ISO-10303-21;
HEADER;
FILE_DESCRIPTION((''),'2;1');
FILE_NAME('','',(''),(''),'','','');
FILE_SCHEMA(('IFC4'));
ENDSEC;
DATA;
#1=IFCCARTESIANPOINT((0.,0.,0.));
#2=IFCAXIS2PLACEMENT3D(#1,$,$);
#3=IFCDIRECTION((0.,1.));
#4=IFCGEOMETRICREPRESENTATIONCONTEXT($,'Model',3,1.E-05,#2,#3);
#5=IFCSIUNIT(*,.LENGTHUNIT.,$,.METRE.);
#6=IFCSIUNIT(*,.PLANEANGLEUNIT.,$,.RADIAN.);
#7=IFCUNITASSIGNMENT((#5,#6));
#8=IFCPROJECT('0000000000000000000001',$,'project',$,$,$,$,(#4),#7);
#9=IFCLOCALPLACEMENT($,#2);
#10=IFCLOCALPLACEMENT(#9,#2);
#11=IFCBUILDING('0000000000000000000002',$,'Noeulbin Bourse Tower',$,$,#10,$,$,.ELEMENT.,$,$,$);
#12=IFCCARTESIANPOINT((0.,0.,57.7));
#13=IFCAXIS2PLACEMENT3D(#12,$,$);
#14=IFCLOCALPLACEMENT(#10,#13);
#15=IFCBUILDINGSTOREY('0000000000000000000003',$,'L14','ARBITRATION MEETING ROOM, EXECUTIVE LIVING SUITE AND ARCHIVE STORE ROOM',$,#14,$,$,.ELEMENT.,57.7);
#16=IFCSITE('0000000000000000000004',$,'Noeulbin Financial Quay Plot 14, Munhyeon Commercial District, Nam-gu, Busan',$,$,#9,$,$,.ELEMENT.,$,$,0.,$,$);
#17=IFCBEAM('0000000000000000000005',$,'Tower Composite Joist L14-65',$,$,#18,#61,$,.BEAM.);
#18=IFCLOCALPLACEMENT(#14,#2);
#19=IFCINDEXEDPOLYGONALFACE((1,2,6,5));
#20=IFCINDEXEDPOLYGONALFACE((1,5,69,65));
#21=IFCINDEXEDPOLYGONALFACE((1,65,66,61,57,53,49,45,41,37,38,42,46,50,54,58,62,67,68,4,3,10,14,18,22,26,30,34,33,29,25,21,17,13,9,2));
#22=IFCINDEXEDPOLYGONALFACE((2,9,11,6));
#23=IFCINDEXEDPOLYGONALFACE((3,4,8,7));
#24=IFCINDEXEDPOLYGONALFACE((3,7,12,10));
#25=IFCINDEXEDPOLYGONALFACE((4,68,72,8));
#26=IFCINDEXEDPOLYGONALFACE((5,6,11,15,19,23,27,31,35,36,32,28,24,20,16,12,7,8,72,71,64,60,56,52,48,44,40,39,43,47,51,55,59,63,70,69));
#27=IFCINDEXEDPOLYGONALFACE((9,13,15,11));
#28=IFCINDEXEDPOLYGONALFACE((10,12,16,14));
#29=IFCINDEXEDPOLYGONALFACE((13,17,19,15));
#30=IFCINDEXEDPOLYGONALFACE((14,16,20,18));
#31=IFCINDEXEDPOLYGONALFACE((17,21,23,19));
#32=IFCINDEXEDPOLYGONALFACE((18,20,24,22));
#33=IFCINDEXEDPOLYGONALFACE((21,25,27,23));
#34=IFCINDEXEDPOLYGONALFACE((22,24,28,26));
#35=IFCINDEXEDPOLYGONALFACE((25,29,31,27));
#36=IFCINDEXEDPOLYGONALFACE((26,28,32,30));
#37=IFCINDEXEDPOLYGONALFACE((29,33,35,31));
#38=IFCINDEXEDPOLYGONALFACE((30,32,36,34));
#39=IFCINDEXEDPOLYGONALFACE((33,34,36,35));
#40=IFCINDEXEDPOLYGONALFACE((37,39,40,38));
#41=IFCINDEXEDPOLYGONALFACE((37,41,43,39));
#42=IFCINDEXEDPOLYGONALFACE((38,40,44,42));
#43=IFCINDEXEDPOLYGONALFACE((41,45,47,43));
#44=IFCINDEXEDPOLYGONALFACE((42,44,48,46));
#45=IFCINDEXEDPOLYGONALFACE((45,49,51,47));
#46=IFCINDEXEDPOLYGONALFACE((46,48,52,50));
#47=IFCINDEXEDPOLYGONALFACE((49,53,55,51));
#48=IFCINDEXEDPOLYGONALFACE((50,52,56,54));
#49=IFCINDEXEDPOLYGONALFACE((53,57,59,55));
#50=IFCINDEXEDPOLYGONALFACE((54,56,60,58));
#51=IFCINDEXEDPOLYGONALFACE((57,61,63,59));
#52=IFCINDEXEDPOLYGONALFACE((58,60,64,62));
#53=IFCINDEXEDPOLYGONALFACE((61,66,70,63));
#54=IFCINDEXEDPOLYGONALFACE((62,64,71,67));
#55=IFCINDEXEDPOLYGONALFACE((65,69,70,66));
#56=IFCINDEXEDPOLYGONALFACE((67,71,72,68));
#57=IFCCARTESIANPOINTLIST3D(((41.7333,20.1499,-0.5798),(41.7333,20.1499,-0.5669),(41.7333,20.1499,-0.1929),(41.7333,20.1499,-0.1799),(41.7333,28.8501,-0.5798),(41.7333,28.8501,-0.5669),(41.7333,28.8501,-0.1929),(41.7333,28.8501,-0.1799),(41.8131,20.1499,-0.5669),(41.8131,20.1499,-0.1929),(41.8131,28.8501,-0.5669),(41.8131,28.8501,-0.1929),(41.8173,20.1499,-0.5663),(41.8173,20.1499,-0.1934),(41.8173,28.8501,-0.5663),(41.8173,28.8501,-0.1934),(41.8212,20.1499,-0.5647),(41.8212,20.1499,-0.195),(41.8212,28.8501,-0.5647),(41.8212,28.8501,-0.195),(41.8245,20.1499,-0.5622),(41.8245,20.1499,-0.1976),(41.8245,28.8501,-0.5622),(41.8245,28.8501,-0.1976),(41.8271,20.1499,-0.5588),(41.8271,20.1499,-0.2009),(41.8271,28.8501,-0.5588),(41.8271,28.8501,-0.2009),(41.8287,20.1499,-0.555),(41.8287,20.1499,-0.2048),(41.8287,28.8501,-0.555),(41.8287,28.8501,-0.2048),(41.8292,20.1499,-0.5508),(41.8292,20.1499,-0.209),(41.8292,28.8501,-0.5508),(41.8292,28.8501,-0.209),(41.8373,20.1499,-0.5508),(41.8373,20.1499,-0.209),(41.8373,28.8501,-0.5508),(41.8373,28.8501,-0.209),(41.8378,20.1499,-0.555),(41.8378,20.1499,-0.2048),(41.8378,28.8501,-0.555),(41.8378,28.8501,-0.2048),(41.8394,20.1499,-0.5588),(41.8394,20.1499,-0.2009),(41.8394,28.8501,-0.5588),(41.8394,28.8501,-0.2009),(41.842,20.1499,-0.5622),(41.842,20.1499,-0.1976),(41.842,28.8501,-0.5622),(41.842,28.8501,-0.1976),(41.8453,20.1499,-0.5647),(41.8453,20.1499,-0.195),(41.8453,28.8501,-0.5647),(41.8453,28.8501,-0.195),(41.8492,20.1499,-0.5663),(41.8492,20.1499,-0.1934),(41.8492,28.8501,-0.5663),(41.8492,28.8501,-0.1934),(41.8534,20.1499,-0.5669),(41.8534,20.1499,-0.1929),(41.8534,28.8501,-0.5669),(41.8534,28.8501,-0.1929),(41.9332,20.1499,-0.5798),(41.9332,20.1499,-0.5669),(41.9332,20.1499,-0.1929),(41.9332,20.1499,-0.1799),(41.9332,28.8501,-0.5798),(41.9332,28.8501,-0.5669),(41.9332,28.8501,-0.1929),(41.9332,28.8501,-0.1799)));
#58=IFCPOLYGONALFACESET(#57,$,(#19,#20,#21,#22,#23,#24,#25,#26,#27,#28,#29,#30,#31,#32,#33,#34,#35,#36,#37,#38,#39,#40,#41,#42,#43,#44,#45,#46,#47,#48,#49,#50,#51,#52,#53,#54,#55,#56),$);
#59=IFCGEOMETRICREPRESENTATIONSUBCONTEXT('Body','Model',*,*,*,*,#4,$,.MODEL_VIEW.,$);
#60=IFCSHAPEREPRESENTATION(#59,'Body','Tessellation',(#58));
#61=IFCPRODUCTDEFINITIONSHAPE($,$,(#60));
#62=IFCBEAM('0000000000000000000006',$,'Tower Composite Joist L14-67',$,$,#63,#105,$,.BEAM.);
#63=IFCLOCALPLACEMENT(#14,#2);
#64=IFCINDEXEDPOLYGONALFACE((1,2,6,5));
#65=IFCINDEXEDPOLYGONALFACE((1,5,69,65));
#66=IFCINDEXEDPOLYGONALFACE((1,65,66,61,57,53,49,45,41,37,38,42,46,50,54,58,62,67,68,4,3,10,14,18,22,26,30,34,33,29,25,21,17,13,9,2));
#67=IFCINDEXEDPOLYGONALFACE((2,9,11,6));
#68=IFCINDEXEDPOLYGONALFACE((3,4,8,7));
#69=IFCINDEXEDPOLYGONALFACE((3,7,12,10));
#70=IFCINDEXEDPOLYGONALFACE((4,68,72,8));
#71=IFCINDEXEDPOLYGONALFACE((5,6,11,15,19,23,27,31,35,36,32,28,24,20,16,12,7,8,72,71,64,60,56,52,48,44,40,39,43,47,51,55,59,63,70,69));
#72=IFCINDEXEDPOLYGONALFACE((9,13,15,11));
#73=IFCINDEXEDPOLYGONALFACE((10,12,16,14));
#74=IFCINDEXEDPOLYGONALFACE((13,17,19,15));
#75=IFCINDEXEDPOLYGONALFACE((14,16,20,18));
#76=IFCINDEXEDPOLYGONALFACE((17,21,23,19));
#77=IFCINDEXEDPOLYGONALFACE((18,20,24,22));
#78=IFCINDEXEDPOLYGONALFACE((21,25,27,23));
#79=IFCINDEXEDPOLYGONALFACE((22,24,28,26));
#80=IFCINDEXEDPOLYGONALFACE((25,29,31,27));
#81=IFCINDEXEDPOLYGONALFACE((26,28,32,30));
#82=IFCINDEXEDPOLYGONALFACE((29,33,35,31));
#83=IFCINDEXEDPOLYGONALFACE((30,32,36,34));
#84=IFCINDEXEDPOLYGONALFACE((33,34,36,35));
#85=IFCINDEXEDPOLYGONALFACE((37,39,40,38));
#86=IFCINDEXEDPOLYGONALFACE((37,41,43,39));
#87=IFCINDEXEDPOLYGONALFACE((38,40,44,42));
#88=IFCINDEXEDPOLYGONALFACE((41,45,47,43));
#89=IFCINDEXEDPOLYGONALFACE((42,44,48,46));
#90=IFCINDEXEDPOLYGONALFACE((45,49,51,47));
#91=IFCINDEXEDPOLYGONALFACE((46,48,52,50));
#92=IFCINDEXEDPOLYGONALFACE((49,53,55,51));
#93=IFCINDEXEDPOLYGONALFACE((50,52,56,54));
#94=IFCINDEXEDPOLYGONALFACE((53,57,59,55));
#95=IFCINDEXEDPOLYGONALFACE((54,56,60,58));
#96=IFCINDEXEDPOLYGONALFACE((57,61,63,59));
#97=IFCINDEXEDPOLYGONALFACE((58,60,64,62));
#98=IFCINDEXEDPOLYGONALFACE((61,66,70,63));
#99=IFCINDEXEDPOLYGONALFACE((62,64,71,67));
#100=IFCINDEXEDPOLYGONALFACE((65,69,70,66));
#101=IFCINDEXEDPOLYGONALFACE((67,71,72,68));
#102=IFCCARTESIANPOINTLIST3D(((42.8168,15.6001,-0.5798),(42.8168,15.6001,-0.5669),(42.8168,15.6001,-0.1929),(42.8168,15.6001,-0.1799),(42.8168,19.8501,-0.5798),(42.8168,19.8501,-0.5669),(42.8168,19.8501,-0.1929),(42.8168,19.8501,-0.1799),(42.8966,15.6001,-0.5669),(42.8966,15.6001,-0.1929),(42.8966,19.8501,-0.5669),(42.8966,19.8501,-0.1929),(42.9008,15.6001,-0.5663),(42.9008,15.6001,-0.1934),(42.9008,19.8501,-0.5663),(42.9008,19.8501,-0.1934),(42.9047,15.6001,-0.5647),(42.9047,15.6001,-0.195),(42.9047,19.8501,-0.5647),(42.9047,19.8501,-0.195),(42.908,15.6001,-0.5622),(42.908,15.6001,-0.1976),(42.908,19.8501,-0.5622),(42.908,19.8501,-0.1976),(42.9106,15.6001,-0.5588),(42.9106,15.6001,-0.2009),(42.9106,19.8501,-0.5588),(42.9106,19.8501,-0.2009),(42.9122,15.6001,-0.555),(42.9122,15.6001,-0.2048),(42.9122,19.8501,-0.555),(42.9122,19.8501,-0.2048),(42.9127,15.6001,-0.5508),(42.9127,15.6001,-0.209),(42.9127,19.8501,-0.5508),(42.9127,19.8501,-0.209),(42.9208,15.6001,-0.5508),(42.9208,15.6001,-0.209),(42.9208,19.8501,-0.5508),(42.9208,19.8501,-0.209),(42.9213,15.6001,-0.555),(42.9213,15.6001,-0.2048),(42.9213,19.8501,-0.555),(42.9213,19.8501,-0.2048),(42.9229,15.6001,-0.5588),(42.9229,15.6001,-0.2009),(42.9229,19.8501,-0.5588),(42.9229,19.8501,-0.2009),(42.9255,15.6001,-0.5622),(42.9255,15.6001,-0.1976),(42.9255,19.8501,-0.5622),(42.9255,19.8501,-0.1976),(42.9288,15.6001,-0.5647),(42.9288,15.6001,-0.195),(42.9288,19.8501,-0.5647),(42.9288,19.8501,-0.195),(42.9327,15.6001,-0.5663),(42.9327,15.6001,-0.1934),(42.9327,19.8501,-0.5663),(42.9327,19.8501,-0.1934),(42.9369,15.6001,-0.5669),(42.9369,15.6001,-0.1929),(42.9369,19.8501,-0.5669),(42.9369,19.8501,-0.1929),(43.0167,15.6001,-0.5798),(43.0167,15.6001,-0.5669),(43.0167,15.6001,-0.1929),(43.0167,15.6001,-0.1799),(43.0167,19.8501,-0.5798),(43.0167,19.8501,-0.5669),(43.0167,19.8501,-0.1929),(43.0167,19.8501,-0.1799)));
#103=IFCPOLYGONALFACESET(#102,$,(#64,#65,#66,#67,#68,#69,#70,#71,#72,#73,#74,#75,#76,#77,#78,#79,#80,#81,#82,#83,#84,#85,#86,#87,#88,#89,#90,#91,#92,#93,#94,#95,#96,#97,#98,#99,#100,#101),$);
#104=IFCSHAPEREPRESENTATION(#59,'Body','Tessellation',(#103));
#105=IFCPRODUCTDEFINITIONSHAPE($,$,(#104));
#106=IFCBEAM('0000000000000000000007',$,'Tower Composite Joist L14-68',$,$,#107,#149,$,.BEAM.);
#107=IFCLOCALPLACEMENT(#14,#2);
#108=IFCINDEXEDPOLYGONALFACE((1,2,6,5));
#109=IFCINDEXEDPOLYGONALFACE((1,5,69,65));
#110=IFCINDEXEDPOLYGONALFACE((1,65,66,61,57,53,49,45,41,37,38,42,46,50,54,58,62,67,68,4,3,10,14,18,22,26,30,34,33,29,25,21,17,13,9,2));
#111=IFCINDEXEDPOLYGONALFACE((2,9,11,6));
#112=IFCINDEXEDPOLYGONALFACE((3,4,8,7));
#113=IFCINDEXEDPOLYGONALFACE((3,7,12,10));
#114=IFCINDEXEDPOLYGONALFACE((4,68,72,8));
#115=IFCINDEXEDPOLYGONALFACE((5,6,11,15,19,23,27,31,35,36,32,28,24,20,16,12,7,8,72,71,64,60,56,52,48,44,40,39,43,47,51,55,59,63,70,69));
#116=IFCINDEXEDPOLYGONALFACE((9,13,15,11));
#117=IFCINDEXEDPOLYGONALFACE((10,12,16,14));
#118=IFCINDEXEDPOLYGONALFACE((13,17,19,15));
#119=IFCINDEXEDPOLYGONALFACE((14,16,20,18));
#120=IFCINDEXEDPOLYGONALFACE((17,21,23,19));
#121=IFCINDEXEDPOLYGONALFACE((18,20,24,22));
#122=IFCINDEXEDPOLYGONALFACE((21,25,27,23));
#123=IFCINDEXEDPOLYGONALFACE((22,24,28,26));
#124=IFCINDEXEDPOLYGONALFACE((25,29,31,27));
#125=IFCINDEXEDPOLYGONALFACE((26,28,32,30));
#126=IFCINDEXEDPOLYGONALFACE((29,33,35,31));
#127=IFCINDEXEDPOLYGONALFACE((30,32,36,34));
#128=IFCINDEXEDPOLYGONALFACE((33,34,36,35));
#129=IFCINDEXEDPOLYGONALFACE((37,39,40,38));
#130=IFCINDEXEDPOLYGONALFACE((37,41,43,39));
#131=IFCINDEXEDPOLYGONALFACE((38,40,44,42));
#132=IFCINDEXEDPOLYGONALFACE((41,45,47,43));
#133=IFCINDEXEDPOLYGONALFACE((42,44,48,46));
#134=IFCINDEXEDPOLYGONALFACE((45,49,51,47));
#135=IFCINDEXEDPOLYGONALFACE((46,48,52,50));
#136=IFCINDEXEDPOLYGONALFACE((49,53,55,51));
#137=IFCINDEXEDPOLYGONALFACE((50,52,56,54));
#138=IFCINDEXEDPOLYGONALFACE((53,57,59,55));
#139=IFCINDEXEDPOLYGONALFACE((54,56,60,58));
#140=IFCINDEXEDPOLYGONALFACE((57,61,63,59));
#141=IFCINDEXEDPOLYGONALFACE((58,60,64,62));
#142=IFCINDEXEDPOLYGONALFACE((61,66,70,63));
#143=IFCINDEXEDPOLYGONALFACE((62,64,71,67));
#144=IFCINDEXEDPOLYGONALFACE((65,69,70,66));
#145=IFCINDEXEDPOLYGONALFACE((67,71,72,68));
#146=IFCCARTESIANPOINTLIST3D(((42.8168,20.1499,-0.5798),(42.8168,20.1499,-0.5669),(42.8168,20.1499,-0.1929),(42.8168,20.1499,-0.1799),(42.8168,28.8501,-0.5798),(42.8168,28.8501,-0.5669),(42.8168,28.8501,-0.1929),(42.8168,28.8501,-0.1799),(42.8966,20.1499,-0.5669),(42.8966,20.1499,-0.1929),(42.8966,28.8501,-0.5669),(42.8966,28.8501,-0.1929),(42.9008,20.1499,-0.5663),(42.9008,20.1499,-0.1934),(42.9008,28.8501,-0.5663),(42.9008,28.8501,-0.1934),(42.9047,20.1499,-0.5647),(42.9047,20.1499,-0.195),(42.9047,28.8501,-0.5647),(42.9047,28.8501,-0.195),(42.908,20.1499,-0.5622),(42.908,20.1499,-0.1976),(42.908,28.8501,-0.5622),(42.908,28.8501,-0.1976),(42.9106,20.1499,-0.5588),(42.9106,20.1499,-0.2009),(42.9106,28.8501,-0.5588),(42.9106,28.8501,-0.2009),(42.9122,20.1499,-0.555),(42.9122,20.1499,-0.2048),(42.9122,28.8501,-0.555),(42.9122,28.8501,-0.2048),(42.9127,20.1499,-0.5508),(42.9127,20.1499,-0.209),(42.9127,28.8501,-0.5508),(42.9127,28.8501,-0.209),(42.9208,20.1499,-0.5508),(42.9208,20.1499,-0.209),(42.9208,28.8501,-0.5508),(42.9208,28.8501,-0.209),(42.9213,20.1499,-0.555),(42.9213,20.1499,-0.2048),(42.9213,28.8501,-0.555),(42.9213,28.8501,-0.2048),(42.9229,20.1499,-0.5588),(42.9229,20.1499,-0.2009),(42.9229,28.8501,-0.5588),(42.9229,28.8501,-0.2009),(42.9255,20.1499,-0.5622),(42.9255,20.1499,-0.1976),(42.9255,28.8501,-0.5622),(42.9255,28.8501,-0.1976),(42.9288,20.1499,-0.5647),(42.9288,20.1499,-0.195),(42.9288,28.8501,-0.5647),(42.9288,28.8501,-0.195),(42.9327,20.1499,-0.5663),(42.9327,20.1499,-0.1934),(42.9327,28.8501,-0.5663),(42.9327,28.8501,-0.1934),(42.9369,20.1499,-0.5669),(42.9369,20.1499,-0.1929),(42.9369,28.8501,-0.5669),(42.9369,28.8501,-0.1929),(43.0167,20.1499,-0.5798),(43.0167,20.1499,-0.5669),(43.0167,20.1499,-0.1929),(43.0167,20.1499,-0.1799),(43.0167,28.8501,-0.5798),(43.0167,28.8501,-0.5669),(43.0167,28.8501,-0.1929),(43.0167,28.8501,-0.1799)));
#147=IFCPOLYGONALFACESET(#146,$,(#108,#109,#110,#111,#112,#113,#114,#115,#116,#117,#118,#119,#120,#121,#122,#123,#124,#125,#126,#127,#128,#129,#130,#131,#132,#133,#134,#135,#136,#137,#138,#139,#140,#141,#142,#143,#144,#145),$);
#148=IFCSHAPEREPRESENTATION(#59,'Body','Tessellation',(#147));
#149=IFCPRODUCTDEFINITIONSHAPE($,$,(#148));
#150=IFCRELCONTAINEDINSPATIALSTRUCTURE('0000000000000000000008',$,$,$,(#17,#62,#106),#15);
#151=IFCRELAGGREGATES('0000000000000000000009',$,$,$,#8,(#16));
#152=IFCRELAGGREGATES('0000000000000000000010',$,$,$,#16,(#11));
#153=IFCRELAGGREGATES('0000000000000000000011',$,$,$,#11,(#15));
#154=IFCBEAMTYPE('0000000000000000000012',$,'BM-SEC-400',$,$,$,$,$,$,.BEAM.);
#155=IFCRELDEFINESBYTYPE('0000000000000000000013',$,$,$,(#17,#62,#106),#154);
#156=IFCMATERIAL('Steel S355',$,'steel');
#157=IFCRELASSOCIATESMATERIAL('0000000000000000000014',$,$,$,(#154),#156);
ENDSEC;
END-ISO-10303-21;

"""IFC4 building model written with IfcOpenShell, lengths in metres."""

from ifc_helpers import new_model, si_unit, direction, frame, origin, origin_2d, place, context, subcontext, project, spatial, i_section, extrude, material, material_profile, profile_set, type_object, element, save


model = new_model("IFC4")

# Units and contexts
model_context = context("Model", 3, precision=1e-05, world=origin(), true_north=direction((0.0, 1.0)))
body_context = subcontext(model_context, "Body", "Model", "MODEL_VIEW")
ifc_project = project(units=[si_unit("LENGTHUNIT", "METRE"), si_unit("PLANEANGLEUNIT", "RADIAN")], contexts=[model_context])

# Site, building, storey
site_placement = place(None, origin())
site = spatial("IfcSite", under=ifc_project, at=site_placement, Name="Noeulbin Financial Quay Plot 14, Munhyeon Commercial District, Nam-gu, Busan", CompositionType="ELEMENT", RefElevation=0.0)
building_placement = place(site_placement, origin())
building = spatial("IfcBuilding", under=site, at=building_placement, Name="Noeulbin Bourse Tower", CompositionType="ELEMENT")
storey_placement = place(building_placement, frame((0.0, 0.0, 57.7)))
storey = spatial("IfcBuildingStorey", under=building, at=storey_placement, Name="L14", Description="ARBITRATION MEETING ROOM, EXECUTIVE LIVING SUITE AND ARCHIVE STORE ROOM", CompositionType="ELEMENT", Elevation=57.7)

# Beams
ifc_material_1 = material(Name="Steel S355", Category="steel")
ifc_material_profile_1 = material_profile(ifc_material_1, i_section(OverallWidth=0.2, OverallDepth=0.3999, WebThickness=0.0081, FlangeThickness=0.0129, FilletRadius=0.0161, at=origin_2d()), Name="H-400x200x8x13", Category="LoadBearing")
ifc_profile_set_1 = profile_set([ifc_material_profile_1], Name="Steel S355")
beam_type_1 = type_object("IfcBeamType", Name="BM-SEC-400", PredefinedType="BEAM", material=ifc_profile_set_1)
beam_1_placement = place(storey_placement, frame((41.8333, 20.1499, -0.3799), z_axis=(0.0, 1.0, 0.0), x_axis=(-1.0, 0.0, 0.0)))
element("IfcBeam", 1, at=beam_1_placement, inside=storey, type_object=beam_type_1, Name="Tower Composite Joist L14-65", PredefinedType="BEAM", context=body_context, shape_type="SweptSolid", body=[
    extrude(i_section(OverallWidth=0.2, OverallDepth=0.3999, WebThickness=0.0081, FlangeThickness=0.0129, FilletRadius=0.0161, at=origin_2d()), origin(), (0.0, 0.0, 1.0), 8.7002),
])
beam_2_placement = place(storey_placement, frame((42.9167, 15.6001, -0.3799), z_axis=(0.0, 1.0, 0.0), x_axis=(-1.0, 0.0, 0.0)))
element("IfcBeam", 2, at=beam_2_placement, inside=storey, type_object=beam_type_1, Name="Tower Composite Joist L14-67", PredefinedType="BEAM", context=body_context, shape_type="SweptSolid", body=[
    extrude(i_section(OverallWidth=0.2, OverallDepth=0.3999, WebThickness=0.0081, FlangeThickness=0.0129, FilletRadius=0.0161, at=origin_2d()), origin(), (0.0, 0.0, 1.0), 4.25),
])
beam_3_placement = place(storey_placement, frame((42.9167, 20.1499, -0.3799), z_axis=(0.0, 1.0, 0.0), x_axis=(-1.0, 0.0, 0.0)))
element("IfcBeam", 3, at=beam_3_placement, inside=storey, type_object=beam_type_1, Name="Tower Composite Joist L14-68", PredefinedType="BEAM", context=body_context, shape_type="SweptSolid", body=[
    extrude(i_section(OverallWidth=0.2, OverallDepth=0.3999, WebThickness=0.0081, FlangeThickness=0.0129, FilletRadius=0.0161, at=origin_2d()), origin(), (0.0, 0.0, 1.0), 8.7002),
])

save(model, "model.ifc")
